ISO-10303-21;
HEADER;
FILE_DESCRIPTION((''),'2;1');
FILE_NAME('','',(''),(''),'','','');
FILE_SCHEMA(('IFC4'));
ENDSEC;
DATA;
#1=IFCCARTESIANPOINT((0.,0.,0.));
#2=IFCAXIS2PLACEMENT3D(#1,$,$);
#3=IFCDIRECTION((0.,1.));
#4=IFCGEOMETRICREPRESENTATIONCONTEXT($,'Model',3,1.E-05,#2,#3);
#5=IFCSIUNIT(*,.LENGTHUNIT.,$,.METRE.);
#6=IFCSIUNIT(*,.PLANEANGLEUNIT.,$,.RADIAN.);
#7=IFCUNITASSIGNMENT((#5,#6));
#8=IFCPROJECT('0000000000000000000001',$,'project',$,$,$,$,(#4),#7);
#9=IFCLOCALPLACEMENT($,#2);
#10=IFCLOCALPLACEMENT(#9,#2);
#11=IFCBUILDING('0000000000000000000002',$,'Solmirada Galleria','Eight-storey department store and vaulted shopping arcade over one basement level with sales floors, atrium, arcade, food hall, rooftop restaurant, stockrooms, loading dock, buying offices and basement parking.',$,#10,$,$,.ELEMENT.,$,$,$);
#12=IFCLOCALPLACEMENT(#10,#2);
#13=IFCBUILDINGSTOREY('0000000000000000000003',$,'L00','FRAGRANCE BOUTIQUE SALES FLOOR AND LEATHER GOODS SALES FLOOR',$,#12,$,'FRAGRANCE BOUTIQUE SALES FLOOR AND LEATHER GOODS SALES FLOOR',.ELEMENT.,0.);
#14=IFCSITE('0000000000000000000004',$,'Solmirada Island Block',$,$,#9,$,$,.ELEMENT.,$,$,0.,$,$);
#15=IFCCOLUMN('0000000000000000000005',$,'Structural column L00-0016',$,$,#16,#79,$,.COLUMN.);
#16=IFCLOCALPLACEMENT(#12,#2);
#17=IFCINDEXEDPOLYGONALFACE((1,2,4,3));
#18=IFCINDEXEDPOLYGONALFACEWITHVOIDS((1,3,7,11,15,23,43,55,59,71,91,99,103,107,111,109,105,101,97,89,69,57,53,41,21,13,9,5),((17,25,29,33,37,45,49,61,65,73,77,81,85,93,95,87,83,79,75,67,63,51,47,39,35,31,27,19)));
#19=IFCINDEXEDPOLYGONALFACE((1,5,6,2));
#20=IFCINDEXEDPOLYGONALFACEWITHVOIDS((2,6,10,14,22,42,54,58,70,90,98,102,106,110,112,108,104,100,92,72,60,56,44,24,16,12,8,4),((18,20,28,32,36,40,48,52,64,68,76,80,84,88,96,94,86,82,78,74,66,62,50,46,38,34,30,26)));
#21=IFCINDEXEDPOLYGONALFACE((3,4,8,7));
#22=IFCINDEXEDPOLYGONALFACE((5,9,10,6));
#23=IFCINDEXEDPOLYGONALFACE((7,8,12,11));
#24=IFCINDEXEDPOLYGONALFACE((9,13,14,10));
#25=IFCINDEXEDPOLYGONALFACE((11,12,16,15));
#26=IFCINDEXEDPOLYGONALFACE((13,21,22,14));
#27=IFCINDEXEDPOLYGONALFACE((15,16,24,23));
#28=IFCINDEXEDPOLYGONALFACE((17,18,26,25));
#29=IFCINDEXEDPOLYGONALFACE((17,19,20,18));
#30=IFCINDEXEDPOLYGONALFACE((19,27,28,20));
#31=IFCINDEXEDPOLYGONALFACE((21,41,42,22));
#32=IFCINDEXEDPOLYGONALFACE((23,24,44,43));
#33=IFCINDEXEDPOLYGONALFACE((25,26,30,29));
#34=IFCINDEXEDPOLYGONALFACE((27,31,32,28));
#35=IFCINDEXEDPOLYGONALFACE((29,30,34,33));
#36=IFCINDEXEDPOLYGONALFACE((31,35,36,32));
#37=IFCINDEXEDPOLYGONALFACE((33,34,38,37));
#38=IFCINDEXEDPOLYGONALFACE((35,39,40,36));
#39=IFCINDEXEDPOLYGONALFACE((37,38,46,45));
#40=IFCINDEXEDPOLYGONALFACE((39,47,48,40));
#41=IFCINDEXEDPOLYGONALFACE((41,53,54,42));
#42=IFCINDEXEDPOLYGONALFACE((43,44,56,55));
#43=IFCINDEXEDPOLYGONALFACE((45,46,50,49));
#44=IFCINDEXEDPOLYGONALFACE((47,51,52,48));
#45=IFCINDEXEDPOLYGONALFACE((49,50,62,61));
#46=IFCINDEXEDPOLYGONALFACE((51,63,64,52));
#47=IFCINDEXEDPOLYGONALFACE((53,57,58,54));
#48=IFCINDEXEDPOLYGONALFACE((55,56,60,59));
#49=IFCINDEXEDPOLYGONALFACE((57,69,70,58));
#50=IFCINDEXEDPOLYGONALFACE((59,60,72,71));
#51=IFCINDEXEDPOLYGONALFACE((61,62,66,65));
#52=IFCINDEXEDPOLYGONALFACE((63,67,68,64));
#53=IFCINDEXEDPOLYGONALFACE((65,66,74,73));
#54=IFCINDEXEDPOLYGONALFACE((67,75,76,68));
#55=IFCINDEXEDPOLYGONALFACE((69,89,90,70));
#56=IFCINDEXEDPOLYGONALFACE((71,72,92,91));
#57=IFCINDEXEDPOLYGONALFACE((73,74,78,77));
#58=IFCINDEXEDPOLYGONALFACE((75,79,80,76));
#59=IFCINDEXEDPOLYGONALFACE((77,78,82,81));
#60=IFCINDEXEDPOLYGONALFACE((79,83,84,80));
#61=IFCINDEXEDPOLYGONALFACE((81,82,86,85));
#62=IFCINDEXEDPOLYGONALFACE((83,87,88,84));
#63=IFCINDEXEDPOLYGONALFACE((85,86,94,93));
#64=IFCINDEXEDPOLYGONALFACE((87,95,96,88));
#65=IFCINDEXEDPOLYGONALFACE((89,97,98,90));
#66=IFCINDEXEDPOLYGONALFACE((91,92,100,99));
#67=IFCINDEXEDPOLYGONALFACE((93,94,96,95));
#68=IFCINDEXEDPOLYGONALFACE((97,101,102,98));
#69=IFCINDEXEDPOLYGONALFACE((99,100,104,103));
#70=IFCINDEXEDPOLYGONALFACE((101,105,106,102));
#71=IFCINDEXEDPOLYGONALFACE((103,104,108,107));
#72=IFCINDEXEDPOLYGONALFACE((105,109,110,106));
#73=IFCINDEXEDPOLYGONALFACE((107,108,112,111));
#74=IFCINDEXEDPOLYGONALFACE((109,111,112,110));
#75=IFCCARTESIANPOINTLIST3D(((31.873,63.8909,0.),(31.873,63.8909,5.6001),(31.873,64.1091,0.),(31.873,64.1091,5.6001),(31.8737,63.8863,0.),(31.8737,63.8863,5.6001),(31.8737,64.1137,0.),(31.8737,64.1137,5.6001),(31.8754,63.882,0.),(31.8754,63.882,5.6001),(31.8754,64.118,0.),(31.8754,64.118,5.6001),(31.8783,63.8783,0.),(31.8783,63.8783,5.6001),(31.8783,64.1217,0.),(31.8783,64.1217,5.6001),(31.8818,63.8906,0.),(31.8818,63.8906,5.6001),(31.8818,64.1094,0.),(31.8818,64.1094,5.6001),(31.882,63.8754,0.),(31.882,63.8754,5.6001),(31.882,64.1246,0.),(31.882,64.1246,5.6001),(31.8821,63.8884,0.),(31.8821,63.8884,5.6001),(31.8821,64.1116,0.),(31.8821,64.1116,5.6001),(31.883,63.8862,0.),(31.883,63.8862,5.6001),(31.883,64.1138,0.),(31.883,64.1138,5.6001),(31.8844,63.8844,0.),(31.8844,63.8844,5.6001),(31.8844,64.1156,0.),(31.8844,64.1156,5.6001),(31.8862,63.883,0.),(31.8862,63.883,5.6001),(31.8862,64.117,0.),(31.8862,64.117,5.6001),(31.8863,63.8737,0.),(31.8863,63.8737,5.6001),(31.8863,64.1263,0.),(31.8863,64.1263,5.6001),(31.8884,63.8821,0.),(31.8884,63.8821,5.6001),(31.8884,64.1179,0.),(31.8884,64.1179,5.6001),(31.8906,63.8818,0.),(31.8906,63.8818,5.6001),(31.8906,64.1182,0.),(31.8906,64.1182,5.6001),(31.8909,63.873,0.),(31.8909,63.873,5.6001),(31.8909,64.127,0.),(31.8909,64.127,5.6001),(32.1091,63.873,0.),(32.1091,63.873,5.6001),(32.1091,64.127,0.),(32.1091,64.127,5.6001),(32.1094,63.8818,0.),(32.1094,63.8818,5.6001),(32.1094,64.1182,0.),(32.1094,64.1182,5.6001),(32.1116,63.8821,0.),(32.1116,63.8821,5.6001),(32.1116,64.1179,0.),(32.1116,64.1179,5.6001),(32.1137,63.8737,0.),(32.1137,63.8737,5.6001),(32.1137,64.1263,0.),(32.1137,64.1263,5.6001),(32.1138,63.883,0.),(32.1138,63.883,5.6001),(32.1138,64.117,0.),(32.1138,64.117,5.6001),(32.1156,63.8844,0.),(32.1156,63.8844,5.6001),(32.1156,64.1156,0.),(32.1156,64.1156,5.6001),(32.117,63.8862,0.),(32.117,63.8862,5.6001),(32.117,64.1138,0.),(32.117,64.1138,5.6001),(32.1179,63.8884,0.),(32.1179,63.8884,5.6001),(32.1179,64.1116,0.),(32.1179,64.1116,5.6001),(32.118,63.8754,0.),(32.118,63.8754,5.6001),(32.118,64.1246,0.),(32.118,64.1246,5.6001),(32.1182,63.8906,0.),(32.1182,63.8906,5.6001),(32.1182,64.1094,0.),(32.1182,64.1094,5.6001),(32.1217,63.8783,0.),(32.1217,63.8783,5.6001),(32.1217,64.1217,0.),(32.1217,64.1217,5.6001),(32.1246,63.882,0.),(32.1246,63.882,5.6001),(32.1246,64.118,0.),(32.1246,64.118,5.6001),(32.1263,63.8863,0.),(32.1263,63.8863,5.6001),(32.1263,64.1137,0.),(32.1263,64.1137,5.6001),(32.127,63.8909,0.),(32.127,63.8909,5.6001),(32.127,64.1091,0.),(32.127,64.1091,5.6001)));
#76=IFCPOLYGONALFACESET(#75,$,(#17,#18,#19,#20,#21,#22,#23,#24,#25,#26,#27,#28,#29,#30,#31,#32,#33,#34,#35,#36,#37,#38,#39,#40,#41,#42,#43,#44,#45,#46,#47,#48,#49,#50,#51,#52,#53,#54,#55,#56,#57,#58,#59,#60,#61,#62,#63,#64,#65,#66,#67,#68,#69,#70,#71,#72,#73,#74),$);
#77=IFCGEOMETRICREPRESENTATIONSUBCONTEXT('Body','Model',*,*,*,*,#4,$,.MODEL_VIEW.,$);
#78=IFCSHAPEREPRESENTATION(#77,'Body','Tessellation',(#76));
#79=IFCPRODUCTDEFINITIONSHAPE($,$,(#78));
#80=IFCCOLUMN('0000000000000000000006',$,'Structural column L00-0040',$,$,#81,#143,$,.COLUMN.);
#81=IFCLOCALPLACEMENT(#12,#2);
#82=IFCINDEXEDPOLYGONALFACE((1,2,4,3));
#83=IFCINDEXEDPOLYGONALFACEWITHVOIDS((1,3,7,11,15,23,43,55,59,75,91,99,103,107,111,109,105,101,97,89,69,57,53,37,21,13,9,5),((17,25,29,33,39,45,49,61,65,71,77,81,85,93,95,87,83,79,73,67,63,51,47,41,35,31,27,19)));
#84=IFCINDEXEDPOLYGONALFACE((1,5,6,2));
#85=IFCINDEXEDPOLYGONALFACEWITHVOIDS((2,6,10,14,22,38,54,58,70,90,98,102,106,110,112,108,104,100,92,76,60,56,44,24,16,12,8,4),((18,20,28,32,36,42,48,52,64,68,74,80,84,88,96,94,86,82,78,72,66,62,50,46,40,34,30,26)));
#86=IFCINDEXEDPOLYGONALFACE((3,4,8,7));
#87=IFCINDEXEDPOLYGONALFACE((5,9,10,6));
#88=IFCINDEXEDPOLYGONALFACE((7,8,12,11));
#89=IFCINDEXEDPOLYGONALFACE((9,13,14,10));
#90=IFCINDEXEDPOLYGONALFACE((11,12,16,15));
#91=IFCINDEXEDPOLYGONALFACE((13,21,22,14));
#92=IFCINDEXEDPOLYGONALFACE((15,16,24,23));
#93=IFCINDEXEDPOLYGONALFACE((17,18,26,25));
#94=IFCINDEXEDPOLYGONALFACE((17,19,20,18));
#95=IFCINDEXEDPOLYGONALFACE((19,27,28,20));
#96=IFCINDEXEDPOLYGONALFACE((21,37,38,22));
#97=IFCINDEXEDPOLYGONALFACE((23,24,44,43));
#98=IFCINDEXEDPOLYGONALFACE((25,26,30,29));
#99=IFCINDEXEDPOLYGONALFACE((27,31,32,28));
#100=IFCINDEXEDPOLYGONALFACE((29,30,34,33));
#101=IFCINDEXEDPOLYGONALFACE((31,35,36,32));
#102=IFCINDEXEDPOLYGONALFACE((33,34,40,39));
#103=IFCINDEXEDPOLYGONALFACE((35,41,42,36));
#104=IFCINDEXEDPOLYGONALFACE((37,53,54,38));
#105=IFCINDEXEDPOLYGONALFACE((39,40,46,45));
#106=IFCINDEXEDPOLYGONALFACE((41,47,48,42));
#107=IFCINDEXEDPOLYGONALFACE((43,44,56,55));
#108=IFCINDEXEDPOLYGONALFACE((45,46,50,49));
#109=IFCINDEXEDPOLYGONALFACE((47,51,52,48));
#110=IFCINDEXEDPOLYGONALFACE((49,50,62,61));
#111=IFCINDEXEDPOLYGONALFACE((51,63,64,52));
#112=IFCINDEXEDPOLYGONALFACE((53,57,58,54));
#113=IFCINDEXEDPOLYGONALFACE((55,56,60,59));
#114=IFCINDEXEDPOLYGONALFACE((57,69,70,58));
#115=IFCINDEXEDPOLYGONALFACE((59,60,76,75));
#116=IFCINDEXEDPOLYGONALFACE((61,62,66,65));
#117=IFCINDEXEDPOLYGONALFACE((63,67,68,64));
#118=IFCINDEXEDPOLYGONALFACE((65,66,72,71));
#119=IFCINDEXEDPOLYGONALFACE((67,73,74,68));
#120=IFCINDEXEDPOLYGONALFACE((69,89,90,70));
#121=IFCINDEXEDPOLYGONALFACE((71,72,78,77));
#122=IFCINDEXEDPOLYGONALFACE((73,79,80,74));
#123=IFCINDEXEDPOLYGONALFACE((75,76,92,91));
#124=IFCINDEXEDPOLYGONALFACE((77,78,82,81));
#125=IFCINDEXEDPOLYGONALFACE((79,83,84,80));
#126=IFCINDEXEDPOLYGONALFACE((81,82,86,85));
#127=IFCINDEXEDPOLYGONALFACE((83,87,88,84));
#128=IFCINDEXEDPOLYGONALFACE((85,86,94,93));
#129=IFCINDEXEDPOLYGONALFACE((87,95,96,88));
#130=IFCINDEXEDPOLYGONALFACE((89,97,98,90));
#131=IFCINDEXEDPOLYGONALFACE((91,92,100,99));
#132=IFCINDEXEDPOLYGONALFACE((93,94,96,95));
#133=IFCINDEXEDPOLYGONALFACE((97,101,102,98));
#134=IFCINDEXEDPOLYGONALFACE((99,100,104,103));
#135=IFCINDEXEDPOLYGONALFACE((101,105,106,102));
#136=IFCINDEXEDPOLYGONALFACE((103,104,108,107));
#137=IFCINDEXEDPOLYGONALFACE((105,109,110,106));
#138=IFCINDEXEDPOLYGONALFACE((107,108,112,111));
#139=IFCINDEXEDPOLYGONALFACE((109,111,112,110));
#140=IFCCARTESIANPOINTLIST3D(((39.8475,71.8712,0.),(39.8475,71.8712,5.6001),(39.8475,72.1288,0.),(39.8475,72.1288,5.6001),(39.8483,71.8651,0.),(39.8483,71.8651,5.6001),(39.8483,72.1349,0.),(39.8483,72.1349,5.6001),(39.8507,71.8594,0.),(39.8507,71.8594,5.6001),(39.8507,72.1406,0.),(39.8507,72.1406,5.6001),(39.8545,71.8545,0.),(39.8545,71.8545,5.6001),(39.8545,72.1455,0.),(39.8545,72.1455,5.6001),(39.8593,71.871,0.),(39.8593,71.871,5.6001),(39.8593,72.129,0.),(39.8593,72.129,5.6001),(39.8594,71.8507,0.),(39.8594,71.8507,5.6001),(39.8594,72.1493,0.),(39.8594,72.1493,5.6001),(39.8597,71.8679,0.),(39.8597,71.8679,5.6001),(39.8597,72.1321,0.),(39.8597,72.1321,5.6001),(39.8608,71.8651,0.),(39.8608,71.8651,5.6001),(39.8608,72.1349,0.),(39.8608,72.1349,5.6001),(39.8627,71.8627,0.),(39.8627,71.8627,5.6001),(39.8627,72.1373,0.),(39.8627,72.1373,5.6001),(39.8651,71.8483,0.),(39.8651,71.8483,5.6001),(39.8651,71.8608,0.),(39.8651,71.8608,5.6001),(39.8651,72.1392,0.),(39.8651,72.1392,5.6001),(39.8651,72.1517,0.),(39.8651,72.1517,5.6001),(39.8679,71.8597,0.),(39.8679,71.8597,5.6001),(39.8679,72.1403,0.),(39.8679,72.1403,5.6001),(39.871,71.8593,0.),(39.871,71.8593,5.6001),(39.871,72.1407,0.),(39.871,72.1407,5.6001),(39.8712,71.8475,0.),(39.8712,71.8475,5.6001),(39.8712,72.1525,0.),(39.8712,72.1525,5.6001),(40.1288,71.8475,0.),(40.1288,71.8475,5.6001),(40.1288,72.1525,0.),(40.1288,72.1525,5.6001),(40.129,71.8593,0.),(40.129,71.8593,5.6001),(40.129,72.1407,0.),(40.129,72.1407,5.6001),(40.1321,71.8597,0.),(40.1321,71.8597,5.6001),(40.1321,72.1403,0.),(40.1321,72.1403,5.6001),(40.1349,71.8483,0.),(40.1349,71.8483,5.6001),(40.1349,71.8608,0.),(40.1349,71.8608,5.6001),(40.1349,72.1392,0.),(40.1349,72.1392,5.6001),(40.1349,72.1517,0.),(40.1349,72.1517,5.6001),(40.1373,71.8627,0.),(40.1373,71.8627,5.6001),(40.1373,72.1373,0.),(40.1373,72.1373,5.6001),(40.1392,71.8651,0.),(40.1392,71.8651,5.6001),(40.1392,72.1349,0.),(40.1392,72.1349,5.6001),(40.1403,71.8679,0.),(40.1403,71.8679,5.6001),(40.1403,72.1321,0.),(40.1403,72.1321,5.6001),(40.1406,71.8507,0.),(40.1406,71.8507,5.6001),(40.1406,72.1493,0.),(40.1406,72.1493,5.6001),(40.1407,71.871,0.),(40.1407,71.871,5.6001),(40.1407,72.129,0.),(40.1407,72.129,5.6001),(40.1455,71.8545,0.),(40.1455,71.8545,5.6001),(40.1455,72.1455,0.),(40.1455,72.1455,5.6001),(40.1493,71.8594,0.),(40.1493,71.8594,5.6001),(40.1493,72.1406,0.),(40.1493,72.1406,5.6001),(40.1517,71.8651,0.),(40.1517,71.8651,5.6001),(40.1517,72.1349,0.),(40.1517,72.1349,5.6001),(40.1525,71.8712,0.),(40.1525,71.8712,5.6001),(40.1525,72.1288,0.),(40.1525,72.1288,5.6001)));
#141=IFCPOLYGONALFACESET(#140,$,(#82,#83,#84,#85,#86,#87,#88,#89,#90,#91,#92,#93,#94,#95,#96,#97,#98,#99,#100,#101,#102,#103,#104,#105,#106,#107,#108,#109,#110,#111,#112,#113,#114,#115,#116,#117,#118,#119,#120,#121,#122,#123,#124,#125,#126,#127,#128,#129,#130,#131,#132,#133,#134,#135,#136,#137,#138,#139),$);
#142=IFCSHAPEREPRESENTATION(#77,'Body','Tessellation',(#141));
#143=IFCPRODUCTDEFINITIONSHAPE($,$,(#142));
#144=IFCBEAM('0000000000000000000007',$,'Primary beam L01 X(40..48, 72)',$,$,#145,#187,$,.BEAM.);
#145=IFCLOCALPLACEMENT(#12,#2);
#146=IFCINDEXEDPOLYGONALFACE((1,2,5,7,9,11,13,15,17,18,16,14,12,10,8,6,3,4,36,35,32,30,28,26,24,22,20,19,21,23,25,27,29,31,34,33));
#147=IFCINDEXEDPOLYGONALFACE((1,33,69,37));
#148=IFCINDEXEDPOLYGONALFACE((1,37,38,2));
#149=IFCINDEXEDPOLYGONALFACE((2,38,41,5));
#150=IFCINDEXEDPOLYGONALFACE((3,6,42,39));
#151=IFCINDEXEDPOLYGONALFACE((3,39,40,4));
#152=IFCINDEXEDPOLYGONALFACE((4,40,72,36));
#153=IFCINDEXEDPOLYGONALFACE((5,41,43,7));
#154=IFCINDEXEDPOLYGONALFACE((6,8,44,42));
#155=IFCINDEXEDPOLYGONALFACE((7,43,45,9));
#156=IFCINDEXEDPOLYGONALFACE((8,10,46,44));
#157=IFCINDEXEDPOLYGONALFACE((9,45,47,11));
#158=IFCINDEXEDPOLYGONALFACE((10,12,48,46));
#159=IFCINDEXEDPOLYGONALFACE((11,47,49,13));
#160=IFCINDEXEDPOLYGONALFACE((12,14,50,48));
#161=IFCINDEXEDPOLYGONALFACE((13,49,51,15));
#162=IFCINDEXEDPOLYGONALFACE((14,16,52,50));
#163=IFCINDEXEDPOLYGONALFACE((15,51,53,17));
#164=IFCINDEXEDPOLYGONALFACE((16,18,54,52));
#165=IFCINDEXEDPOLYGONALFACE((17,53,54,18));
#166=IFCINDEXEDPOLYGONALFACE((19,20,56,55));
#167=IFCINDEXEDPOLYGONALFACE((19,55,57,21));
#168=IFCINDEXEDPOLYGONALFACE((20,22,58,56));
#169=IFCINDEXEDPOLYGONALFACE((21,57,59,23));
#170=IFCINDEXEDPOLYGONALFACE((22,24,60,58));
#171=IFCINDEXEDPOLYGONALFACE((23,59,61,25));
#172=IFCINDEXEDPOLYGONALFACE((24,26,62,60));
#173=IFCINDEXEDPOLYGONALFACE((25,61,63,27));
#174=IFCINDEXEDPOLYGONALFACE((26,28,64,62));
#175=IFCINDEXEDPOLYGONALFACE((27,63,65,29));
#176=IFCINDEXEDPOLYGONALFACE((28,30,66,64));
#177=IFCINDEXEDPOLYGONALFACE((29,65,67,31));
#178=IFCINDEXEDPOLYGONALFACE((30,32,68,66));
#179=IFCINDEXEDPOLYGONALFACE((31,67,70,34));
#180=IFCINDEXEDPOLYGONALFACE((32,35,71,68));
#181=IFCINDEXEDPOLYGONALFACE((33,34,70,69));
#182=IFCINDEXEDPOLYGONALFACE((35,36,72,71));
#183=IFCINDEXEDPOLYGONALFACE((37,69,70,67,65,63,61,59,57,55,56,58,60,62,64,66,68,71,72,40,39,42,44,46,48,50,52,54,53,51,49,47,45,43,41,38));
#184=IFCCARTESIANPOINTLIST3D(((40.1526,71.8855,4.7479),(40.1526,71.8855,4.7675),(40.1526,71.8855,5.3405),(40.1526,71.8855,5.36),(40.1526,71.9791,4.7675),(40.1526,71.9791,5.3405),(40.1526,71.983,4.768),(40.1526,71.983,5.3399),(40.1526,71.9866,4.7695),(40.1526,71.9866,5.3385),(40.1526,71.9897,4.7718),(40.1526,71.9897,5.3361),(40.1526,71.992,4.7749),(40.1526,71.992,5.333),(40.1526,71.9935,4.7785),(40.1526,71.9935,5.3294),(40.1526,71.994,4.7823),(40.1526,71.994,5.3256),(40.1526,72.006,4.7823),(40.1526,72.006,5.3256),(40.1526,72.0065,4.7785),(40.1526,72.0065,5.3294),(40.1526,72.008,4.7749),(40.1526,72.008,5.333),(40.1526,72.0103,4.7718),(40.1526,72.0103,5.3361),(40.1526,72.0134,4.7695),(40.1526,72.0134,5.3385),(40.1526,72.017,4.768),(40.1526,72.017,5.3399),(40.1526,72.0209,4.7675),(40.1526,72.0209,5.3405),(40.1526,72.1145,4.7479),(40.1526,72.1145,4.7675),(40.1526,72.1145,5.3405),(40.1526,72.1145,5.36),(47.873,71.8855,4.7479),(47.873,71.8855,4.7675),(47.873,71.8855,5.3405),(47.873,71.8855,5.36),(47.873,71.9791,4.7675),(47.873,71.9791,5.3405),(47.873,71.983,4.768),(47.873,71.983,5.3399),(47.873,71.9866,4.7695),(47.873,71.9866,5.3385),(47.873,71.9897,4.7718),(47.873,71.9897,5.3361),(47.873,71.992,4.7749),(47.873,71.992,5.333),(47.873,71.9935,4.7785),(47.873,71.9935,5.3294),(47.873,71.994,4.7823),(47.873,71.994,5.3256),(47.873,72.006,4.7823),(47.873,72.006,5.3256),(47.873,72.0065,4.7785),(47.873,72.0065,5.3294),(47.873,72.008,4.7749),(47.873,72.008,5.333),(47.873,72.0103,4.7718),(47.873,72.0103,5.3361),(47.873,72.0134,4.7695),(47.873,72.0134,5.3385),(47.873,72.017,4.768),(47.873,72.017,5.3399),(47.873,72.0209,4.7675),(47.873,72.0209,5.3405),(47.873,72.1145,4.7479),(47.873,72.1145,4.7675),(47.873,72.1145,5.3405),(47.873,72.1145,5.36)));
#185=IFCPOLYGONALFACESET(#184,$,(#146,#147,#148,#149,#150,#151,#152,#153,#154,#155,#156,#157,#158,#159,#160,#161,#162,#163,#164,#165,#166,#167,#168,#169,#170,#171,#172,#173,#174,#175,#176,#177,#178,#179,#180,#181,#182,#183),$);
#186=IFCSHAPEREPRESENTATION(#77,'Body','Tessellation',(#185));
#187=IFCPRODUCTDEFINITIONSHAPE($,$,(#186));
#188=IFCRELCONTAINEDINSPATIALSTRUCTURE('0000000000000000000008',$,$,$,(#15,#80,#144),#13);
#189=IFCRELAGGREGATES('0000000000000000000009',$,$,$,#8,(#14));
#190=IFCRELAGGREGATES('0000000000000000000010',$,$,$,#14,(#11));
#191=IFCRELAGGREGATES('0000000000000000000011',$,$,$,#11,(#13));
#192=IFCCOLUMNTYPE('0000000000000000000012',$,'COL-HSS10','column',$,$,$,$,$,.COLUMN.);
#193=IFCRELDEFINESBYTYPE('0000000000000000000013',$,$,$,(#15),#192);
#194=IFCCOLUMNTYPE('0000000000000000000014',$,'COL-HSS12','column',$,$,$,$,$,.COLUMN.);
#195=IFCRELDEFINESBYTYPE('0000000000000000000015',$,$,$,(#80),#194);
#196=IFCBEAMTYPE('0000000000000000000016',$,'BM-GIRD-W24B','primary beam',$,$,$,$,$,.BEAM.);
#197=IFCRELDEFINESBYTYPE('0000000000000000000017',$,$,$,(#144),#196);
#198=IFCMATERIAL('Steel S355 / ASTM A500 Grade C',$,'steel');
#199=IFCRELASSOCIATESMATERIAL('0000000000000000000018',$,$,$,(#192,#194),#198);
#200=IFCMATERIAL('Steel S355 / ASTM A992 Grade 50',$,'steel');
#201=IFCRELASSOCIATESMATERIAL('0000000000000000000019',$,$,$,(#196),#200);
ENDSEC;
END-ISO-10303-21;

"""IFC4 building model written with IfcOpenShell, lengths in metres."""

from ifc_helpers import new_model, si_unit, direction, frame, origin, origin_2d, place, context, subcontext, project, spatial, hollow_rectangle, i_section, extrude, material, material_profile, profile_set, type_object, element, save


model = new_model("IFC4")

# Units and contexts
model_context = context("Model", 3, precision=1e-05, world=origin(), true_north=direction((0.0, 1.0)))
body_context = subcontext(model_context, "Body", "Model", "MODEL_VIEW")
ifc_project = project(units=[si_unit("LENGTHUNIT", "METRE"), si_unit("PLANEANGLEUNIT", "RADIAN")], contexts=[model_context])

# Site, building, storey
site_placement = place(None, origin())
site = spatial("IfcSite", under=ifc_project, at=site_placement, Name="Solmirada Island Block", CompositionType="ELEMENT", RefElevation=0.0)
building_placement = place(site_placement, origin())
building = spatial("IfcBuilding", under=site, at=building_placement, Name="Solmirada Galleria", Description="Eight-storey department store and vaulted shopping arcade over one basement level with sales floors, atrium, arcade, food hall, rooftop restaurant, stockrooms, loading dock, buying offices and basement parking.", CompositionType="ELEMENT")
storey_placement = place(building_placement, origin())
storey = spatial("IfcBuildingStorey", under=building, at=storey_placement, Name="L00", Description="FRAGRANCE BOUTIQUE SALES FLOOR AND LEATHER GOODS SALES FLOOR", LongName="FRAGRANCE BOUTIQUE SALES FLOOR AND LEATHER GOODS SALES FLOOR", CompositionType="ELEMENT", Elevation=0.0)

# Columns
ifc_material_1 = material(Name="Steel S355 / ASTM A500 Grade C", Category="steel")
ifc_material_profile_1 = material_profile(ifc_material_1, hollow_rectangle(XDim=0.2539, YDim=0.2539, WallThickness=0.0088, InnerFilletRadius=0.0088, OuterFilletRadius=0.0178, at=origin_2d()), Name="HSS10X10X3/8")
ifc_profile_set_1 = profile_set([ifc_material_profile_1], Name="Steel S355 / ASTM A500 Grade C")
column_type_1 = type_object("IfcColumnType", Name="COL-HSS10", Description="column", PredefinedType="COLUMN", material=ifc_profile_set_1)
column_1_placement = place(storey_placement, frame((32.0, 64.0, 0.0), z_axis=(0.0, 0.0, 1.0), x_axis=(1.0, 0.0, 0.0)))
element("IfcColumn", 1, at=column_1_placement, inside=storey, type_object=column_type_1, Name="Structural column L00-0016", PredefinedType="COLUMN", context=body_context, shape_type="SweptSolid", body=[
    extrude(hollow_rectangle(XDim=0.2539, YDim=0.2539, WallThickness=0.0088, InnerFilletRadius=0.0088, OuterFilletRadius=0.0178, at=origin_2d()), origin(), (0.0, 0.0, 1.0), 5.6001),
])
ifc_material_profile_2 = material_profile(ifc_material_1, hollow_rectangle(XDim=0.3049, YDim=0.3049, WallThickness=0.0117, InnerFilletRadius=0.0117, OuterFilletRadius=0.0237, at=origin_2d()), Name="HSS12X12X1/2")
ifc_profile_set_2 = profile_set([ifc_material_profile_2], Name="Steel S355 / ASTM A500 Grade C")
column_type_2 = type_object("IfcColumnType", Name="COL-HSS12", Description="column", PredefinedType="COLUMN", material=ifc_profile_set_2)
column_2_placement = place(storey_placement, frame((40.0, 72.0, 0.0), z_axis=(0.0, 0.0, 1.0), x_axis=(1.0, 0.0, 0.0)))
element("IfcColumn", 2, at=column_2_placement, inside=storey, type_object=column_type_2, Name="Structural column L00-0040", PredefinedType="COLUMN", context=body_context, shape_type="SweptSolid", body=[
    extrude(hollow_rectangle(XDim=0.3049, YDim=0.3049, WallThickness=0.0117, InnerFilletRadius=0.0117, OuterFilletRadius=0.0237, at=origin_2d()), origin(), (0.0, 0.0, 1.0), 5.6001),
])

# Beam
ifc_material_2 = material(Name="Steel S355 / ASTM A992 Grade 50", Category="steel")
ifc_material_profile_3 = material_profile(ifc_material_2, i_section(OverallWidth=0.229, OverallDepth=0.6121, WebThickness=0.012, FlangeThickness=0.0195, FilletRadius=0.0149, at=origin_2d()), Name="W24X84")
ifc_profile_set_3 = profile_set([ifc_material_profile_3], Name="Steel S355 / ASTM A992 Grade 50")
beam_type = type_object("IfcBeamType", Name="BM-GIRD-W24B", Description="primary beam", PredefinedType="BEAM", material=ifc_profile_set_3)
beam_placement = place(storey_placement, frame((40.1526, 72.0, 5.054), z_axis=(1.0, 0.0, 0.0), x_axis=(0.0, 1.0, 0.0)))
element("IfcBeam", 3, at=beam_placement, inside=storey, type_object=beam_type, Name="Primary beam L01 X(40..48, 72)", PredefinedType="BEAM", context=body_context, shape_type="SweptSolid", body=[
    extrude(i_section(OverallWidth=0.229, OverallDepth=0.6121, WebThickness=0.012, FlangeThickness=0.0195, FilletRadius=0.0149, at=origin_2d()), origin(), (0.0, 0.0, 1.0), 7.7205),
])

save(model, "model.ifc")
